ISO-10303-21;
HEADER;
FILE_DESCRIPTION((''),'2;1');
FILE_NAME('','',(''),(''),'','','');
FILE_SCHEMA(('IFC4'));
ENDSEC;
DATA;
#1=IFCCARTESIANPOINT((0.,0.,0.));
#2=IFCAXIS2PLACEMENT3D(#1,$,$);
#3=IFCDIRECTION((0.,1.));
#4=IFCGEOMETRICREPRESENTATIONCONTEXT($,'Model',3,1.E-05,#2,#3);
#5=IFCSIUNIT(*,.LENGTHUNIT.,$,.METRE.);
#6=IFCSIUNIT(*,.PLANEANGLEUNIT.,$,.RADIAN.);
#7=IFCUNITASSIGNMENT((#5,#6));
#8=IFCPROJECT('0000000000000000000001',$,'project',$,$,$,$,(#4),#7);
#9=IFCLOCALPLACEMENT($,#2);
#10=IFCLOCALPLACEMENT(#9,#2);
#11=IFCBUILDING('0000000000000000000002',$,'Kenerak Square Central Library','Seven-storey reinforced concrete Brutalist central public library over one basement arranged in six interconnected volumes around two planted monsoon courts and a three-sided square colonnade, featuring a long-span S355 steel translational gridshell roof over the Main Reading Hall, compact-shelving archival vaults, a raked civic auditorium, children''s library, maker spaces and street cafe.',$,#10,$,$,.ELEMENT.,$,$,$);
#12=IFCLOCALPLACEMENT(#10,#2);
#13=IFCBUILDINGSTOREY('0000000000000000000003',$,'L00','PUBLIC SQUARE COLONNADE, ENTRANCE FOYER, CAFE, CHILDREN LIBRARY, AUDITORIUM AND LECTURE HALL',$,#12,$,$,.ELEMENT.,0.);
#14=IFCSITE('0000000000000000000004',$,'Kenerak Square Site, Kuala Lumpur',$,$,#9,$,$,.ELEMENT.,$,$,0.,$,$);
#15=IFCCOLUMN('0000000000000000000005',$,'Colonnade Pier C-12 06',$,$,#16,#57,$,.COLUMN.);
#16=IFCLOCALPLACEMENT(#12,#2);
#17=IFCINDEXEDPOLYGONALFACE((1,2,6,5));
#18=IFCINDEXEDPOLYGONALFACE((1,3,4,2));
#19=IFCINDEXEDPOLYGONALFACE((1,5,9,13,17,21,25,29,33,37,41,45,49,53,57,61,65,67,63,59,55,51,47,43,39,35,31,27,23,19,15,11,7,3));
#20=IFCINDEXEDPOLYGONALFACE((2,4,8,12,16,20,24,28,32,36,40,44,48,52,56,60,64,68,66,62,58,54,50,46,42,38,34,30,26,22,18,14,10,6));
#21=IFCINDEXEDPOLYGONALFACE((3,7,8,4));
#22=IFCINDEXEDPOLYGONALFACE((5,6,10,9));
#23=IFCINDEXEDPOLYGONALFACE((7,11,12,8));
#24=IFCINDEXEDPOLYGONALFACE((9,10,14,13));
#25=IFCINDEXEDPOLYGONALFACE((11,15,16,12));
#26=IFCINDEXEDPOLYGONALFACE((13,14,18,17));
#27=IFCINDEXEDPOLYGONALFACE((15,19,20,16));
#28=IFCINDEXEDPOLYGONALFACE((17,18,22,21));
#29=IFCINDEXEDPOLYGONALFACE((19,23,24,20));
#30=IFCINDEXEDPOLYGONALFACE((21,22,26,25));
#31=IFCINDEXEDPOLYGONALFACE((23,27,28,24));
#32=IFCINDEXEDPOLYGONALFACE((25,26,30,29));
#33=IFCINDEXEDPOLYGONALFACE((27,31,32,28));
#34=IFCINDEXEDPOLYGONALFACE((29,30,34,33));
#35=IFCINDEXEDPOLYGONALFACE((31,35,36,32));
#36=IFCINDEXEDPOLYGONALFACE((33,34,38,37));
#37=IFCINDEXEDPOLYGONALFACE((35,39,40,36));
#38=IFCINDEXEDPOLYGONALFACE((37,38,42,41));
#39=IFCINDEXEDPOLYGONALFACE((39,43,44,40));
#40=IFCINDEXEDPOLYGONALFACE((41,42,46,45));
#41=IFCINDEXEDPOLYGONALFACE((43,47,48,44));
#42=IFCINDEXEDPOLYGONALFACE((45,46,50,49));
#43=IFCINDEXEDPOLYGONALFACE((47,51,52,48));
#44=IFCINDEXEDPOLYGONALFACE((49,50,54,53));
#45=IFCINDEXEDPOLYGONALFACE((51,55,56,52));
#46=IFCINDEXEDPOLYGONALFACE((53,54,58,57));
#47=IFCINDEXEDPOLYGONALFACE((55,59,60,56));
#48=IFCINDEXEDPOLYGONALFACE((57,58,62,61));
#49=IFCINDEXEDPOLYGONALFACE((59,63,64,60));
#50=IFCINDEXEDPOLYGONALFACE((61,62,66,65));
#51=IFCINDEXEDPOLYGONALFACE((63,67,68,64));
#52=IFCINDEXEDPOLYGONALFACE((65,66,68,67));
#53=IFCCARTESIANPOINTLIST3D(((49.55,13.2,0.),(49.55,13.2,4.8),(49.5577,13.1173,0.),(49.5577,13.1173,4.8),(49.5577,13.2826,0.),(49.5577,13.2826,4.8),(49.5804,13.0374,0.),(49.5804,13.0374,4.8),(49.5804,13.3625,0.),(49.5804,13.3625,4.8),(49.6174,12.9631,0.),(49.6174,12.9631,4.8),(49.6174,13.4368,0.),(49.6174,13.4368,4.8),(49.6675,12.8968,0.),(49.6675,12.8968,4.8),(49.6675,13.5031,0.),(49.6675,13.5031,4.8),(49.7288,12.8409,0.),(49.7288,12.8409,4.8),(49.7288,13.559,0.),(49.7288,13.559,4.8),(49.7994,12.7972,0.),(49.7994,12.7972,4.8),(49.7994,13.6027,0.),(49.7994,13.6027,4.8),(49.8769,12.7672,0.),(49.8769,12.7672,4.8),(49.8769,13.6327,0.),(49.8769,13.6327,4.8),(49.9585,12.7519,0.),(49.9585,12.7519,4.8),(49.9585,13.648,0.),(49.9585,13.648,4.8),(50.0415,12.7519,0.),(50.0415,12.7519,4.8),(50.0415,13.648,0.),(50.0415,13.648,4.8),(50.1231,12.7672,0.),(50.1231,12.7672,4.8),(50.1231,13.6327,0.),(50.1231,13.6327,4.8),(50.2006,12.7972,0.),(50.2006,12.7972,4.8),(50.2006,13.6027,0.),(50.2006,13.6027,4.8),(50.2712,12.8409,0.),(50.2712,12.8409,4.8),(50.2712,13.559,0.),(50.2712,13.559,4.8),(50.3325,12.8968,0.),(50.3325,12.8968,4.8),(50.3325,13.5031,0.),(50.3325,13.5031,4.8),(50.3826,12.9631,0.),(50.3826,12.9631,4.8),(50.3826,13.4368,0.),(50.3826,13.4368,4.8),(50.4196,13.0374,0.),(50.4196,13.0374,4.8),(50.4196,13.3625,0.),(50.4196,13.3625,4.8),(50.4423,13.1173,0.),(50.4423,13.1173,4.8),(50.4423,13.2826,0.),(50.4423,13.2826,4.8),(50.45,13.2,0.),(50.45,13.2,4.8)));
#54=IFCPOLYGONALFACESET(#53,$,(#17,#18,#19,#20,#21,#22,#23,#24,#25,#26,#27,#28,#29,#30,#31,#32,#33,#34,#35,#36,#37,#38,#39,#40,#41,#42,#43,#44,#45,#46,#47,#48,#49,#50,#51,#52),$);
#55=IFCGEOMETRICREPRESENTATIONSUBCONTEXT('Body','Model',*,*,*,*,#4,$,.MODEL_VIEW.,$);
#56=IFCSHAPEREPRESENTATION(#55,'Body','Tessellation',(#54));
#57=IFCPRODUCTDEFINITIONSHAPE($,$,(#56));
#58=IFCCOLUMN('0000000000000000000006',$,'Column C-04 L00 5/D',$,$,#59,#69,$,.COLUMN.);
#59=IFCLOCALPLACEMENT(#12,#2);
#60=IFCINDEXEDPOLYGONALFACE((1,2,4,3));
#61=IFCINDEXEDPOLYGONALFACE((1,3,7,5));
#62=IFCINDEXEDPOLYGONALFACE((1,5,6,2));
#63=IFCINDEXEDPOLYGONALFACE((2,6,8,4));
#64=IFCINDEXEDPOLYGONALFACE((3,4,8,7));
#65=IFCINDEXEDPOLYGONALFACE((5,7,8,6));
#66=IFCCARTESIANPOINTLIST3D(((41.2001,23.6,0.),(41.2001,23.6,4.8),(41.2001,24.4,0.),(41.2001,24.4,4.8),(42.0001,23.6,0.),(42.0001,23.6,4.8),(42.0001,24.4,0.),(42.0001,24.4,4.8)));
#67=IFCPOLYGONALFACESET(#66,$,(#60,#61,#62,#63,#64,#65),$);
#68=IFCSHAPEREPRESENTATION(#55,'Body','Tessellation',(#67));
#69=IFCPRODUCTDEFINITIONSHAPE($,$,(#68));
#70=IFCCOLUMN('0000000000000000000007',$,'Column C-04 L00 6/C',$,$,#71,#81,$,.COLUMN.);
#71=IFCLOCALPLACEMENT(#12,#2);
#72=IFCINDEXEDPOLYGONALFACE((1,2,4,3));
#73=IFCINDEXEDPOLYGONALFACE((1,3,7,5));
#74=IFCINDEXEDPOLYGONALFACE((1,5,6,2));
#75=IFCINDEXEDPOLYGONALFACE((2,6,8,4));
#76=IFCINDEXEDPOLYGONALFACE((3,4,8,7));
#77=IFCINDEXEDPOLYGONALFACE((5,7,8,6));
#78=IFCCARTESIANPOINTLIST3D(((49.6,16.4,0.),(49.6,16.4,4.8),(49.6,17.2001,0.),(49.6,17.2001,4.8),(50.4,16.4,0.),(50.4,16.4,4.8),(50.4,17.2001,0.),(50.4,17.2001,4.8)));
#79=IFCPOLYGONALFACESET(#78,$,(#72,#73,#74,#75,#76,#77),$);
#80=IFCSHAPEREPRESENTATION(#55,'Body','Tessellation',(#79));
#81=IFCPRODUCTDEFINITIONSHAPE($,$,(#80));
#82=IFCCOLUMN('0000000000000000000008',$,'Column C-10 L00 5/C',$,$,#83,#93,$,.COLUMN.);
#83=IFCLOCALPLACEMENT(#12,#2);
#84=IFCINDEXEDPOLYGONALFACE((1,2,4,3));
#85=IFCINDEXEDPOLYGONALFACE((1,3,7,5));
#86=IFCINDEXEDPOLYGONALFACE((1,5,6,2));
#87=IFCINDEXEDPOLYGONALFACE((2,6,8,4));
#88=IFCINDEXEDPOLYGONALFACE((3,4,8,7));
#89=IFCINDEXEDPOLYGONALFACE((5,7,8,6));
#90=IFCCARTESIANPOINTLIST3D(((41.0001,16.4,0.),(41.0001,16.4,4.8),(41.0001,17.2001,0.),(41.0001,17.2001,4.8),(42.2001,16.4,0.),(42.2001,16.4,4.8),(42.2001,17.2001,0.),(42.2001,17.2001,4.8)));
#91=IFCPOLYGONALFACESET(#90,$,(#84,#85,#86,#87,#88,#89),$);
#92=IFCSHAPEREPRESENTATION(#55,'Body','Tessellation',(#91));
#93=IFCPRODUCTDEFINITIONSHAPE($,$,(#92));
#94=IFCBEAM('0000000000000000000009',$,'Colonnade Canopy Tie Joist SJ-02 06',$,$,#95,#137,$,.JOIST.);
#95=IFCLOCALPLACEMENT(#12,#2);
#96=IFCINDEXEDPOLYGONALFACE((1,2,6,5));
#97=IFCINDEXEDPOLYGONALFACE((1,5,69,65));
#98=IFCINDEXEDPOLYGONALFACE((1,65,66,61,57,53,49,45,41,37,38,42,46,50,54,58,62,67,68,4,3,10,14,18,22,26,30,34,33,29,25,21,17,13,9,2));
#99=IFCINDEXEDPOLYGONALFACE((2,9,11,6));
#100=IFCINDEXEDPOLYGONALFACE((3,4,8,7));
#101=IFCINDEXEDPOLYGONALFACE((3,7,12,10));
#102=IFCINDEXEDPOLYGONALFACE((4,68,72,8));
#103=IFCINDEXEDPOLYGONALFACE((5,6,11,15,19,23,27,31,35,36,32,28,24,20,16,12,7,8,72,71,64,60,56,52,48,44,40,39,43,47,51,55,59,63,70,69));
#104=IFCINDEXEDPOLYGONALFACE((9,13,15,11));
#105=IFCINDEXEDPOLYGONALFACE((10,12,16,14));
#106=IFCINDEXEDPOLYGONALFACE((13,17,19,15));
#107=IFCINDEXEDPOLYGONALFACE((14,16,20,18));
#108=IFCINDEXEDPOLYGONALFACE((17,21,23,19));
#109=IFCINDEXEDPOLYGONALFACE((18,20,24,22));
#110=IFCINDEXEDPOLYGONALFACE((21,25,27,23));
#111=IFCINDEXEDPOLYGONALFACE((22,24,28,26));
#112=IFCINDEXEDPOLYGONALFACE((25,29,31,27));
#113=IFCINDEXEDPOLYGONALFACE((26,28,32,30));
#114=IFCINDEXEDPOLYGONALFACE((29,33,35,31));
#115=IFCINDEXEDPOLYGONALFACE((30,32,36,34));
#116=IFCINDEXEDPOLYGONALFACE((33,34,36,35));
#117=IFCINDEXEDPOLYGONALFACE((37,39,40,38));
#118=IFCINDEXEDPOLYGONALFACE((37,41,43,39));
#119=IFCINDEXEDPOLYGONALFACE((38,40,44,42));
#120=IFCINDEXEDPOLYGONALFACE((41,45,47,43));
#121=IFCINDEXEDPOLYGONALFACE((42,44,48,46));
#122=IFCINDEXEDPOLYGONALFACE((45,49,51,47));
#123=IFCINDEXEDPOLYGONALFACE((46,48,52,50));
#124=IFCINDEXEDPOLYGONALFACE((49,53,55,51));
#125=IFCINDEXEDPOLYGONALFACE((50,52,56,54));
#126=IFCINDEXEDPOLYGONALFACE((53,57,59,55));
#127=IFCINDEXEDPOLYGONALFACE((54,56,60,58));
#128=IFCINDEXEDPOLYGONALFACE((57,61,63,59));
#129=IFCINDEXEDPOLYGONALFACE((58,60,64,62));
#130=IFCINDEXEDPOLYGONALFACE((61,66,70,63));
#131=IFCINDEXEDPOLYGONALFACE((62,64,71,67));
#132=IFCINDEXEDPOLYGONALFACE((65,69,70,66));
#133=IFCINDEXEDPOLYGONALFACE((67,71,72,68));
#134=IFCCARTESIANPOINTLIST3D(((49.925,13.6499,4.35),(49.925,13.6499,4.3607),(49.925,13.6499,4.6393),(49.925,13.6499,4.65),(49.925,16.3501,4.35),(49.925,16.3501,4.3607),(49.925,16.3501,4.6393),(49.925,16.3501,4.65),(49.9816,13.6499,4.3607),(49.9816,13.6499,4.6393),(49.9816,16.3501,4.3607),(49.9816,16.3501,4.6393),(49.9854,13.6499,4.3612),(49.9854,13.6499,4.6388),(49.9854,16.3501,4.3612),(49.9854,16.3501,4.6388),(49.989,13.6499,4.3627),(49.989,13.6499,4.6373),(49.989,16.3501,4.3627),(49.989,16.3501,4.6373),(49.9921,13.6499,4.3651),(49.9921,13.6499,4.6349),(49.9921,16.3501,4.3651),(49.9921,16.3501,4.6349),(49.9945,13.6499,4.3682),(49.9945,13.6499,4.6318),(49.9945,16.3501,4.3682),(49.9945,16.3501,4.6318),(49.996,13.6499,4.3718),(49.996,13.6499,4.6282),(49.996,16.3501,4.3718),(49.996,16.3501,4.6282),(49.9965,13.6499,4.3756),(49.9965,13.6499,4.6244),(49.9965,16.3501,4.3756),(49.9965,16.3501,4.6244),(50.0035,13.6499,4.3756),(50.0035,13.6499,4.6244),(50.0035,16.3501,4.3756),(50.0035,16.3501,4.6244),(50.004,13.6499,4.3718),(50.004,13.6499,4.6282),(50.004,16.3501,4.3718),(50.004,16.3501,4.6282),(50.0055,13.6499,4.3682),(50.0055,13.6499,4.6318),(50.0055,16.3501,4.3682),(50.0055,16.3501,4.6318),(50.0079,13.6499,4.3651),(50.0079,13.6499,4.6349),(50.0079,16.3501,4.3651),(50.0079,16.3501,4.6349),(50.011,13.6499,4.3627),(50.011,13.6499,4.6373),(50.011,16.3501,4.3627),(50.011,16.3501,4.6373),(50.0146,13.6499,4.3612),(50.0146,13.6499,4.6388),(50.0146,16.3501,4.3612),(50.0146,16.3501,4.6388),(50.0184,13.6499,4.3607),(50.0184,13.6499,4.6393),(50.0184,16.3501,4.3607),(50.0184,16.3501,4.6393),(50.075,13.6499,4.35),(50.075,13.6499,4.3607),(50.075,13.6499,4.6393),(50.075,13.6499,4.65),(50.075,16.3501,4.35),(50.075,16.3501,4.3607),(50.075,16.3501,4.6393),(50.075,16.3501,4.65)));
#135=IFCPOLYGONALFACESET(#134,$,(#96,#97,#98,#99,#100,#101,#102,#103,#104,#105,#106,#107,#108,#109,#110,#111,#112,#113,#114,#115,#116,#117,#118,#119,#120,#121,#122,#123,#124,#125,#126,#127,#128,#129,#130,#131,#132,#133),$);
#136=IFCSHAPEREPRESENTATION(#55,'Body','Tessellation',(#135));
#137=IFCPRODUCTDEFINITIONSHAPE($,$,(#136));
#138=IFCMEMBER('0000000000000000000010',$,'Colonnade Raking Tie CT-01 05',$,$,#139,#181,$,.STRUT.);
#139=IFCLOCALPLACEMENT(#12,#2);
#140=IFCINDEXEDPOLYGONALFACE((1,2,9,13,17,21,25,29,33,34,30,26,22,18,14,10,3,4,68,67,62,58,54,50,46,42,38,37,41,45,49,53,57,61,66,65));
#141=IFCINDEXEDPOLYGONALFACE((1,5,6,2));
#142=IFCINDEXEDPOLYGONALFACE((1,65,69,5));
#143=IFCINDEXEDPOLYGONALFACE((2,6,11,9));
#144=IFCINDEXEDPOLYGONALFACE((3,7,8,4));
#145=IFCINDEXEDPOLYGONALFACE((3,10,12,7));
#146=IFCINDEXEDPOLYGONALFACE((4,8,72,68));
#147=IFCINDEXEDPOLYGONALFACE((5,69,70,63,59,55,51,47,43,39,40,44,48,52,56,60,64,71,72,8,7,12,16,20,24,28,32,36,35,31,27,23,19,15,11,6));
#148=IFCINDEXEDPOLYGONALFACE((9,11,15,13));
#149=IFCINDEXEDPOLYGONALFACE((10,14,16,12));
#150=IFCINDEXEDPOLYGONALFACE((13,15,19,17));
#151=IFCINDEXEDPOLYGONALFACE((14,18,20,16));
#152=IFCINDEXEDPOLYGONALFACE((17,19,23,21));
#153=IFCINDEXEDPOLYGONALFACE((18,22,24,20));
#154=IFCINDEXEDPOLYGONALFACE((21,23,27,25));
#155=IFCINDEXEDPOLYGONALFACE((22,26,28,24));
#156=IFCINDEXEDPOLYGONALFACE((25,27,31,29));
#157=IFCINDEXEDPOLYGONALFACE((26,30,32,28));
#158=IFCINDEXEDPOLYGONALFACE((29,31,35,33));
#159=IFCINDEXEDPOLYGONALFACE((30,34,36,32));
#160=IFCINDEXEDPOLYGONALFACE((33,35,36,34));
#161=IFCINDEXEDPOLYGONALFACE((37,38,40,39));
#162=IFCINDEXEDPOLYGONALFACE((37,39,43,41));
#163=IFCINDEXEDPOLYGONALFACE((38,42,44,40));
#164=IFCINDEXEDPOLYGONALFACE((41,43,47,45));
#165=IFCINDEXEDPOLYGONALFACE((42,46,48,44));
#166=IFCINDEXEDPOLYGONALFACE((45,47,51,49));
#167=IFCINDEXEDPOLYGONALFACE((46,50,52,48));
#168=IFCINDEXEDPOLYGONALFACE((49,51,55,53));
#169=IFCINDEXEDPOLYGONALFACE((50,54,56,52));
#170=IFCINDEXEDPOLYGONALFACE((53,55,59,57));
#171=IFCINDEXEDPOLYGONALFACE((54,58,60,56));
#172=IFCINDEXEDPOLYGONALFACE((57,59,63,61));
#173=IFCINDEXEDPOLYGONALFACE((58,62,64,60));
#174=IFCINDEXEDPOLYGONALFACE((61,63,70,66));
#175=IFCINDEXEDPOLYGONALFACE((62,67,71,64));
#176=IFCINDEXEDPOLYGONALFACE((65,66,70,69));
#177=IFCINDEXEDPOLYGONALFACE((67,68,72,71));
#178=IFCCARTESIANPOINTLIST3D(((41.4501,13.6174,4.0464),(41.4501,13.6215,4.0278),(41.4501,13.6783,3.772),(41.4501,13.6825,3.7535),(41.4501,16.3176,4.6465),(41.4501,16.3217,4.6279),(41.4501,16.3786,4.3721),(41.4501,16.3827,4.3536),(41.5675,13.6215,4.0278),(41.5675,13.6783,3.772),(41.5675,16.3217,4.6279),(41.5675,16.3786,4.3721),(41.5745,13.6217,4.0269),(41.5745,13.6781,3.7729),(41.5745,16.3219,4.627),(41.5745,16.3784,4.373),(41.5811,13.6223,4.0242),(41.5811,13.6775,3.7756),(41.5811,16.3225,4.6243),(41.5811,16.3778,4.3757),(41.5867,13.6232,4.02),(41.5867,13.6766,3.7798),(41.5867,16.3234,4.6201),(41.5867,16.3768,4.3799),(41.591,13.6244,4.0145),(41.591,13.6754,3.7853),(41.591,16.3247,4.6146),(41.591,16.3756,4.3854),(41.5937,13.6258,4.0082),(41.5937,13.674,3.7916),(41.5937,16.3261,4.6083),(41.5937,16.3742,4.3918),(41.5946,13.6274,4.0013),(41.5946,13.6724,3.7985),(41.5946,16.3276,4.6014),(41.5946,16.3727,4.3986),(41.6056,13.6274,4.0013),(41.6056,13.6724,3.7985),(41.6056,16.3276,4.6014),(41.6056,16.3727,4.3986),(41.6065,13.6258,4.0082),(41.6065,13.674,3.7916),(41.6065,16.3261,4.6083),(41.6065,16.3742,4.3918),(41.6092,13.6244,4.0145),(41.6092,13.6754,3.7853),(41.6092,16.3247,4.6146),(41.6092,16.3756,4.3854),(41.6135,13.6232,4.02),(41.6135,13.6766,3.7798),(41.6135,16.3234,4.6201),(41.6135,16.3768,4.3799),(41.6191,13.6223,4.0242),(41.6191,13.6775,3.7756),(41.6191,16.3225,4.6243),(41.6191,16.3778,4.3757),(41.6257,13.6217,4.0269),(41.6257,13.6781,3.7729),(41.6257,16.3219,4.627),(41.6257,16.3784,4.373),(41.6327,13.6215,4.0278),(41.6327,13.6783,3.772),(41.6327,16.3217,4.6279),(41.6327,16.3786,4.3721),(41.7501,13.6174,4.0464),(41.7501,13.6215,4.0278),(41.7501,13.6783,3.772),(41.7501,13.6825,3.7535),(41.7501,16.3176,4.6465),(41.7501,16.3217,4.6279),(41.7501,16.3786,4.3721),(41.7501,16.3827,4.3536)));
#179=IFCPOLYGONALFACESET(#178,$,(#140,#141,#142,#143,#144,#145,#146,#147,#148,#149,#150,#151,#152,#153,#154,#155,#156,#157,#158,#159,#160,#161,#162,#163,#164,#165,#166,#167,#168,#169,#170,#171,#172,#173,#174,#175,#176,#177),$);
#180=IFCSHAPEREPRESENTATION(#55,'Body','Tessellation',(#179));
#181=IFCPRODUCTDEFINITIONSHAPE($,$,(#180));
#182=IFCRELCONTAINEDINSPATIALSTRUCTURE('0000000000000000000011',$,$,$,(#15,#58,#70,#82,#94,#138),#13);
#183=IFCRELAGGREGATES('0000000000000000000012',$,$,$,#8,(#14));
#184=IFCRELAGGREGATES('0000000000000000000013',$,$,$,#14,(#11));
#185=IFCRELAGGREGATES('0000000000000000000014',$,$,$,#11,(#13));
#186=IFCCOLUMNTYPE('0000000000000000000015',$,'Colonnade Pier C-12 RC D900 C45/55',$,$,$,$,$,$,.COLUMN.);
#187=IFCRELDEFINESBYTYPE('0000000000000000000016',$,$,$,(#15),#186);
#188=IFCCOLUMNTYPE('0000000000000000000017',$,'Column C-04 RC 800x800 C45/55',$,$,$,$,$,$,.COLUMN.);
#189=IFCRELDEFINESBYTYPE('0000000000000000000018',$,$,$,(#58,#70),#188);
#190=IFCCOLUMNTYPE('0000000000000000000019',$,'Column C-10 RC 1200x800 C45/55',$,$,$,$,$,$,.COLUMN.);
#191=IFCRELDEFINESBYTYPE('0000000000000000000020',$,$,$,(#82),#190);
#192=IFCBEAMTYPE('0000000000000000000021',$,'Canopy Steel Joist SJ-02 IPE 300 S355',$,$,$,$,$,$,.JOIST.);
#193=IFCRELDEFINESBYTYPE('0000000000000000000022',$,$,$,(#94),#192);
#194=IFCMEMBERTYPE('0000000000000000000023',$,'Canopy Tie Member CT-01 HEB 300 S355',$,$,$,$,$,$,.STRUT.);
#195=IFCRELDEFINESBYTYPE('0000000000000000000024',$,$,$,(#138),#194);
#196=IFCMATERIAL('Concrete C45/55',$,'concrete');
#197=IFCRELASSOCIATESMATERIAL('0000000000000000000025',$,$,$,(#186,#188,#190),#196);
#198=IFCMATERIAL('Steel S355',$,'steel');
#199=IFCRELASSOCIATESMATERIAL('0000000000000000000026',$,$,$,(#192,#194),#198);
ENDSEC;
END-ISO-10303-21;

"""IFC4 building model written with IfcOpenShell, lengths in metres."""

from ifc_helpers import new_model, si_unit, direction, frame, origin, origin_2d, place, context, subcontext, project, spatial, rectangle, circle, i_section, extrude, material, material_profile, profile_set, type_object, element, save


model = new_model("IFC4")

# Units and contexts
model_context = context("Model", 3, precision=1e-05, world=origin(), true_north=direction((0.0, 1.0)))
body_context = subcontext(model_context, "Body", "Model", "MODEL_VIEW")
ifc_project = project(units=[si_unit("LENGTHUNIT", "METRE"), si_unit("PLANEANGLEUNIT", "RADIAN")], contexts=[model_context])

# Site, building, storey
site_placement = place(None, origin())
site = spatial("IfcSite", under=ifc_project, at=site_placement, Name="Kenerak Square Site, Kuala Lumpur", CompositionType="ELEMENT", RefElevation=0.0)
building_placement = place(site_placement, origin())
building = spatial("IfcBuilding", under=site, at=building_placement, Name="Kenerak Square Central Library", Description="Seven-storey reinforced concrete Brutalist central public library over one basement arranged in six interconnected volumes around two planted monsoon courts and a three-sided square colonnade, featuring a long-span S355 steel translational gridshell roof over the Main Reading Hall, compact-shelving archival vaults, a raked civic auditorium, children's library, maker spaces and street cafe.", CompositionType="ELEMENT")
storey_placement = place(building_placement, origin())
storey = spatial("IfcBuildingStorey", under=building, at=storey_placement, Name="L00", Description="PUBLIC SQUARE COLONNADE, ENTRANCE FOYER, CAFE, CHILDREN LIBRARY, AUDITORIUM AND LECTURE HALL", CompositionType="ELEMENT", Elevation=0.0)

# Columns
ifc_material_1 = material(Name="Concrete C45/55", Category="concrete")
ifc_material_profile_1 = material_profile(ifc_material_1, circle(Radius=0.45, at=origin_2d()), Name="RC D900")
ifc_profile_set_1 = profile_set([ifc_material_profile_1], Name="Concrete C45/55")
column_type_1 = type_object("IfcColumnType", Name="Colonnade Pier C-12 RC D900 C45/55", PredefinedType="COLUMN", material=ifc_profile_set_1)
column_1_placement = place(storey_placement, frame((50.0, 13.2, 0.0), z_axis=(0.0, 0.0, 1.0), x_axis=(1.0, 0.0, 0.0)))
element("IfcColumn", 1, at=column_1_placement, inside=storey, type_object=column_type_1, Name="Colonnade Pier C-12 06", PredefinedType="COLUMN", context=body_context, shape_type="SweptSolid", body=[
    extrude(circle(Radius=0.45, at=origin_2d()), origin(), (0.0, 0.0, 1.0), 4.8),
])
ifc_material_profile_2 = material_profile(ifc_material_1, rectangle(XDim=0.8, YDim=0.8, at=origin_2d()), Name="RC 800x800")
ifc_profile_set_2 = profile_set([ifc_material_profile_2], Name="Concrete C45/55")
column_type_2 = type_object("IfcColumnType", Name="Column C-04 RC 800x800 C45/55", PredefinedType="COLUMN", material=ifc_profile_set_2)
for number, where, z_axis, x_axis, name in (
    (2, (41.6001, 24.0, 0.0), (0.0, 0.0, 1.0), (1.0, 0.0, 0.0), "Column C-04 L00 5/D"),
    (3, (50.0, 16.8, 0.0), (0.0, 0.0, 1.0), (1.0, 0.0, 0.0), "Column C-04 L00 6/C"),
):
    element("IfcColumn", number, at=place(storey_placement, frame(where, z_axis=z_axis, x_axis=x_axis)), inside=storey, type_object=column_type_2, Name=name, PredefinedType="COLUMN", context=body_context, shape_type="SweptSolid", body=[
        extrude(rectangle(XDim=0.8, YDim=0.8, at=origin_2d()), origin(), (0.0, 0.0, 1.0), 4.8),
    ])
ifc_material_profile_3 = material_profile(ifc_material_1, rectangle(XDim=1.2, YDim=0.8, at=origin_2d()), Name="RC 1200x800")
ifc_profile_set_3 = profile_set([ifc_material_profile_3], Name="Concrete C45/55")
column_type_3 = type_object("IfcColumnType", Name="Column C-10 RC 1200x800 C45/55", PredefinedType="COLUMN", material=ifc_profile_set_3)
column_2_placement = place(storey_placement, frame((41.6001, 16.8, 0.0), z_axis=(0.0, 0.0, 1.0), x_axis=(1.0, 0.0, 0.0)))
element("IfcColumn", 4, at=column_2_placement, inside=storey, type_object=column_type_3, Name="Column C-10 L00 5/C", PredefinedType="COLUMN", context=body_context, shape_type="SweptSolid", body=[
    extrude(rectangle(XDim=1.2, YDim=0.8, at=origin_2d()), origin(), (0.0, 0.0, 1.0), 4.8),
])

# Beam
ifc_material_2 = material(Name="Steel S355", Category="steel")
ifc_material_profile_4 = material_profile(ifc_material_2, i_section(OverallWidth=0.1499, OverallDepth=0.3, WebThickness=0.0071, FlangeThickness=0.0107, FilletRadius=0.0149, at=origin_2d()), Name="IPE 300")
ifc_profile_set_4 = profile_set([ifc_material_profile_4], Name="Steel S355")
beam_type_1 = type_object("IfcBeamType", Name="Canopy Steel Joist SJ-02 IPE 300 S355", PredefinedType="JOIST", material=ifc_profile_set_4)
beam_1_placement = place(storey_placement, frame((50.0, 13.6499, 4.5), z_axis=(0.0, 1.0, 0.0), x_axis=(-1.0, 0.0, 0.0)))
element("IfcBeam", 5, at=beam_1_placement, inside=storey, type_object=beam_type_1, Name="Colonnade Canopy Tie Joist SJ-02 06", PredefinedType="JOIST", context=body_context, shape_type="SweptSolid", body=[
    extrude(i_section(OverallWidth=0.1499, OverallDepth=0.3, WebThickness=0.0071, FlangeThickness=0.0107, FilletRadius=0.0149, at=origin_2d()), origin(), (0.0, 0.0, 1.0), 2.7002),
])

# Member
ifc_material_profile_5 = material_profile(ifc_material_2, i_section(OverallWidth=0.3, OverallDepth=0.3, WebThickness=0.011, FlangeThickness=0.019, FilletRadius=0.0271, at=origin_2d()), Name="HEB 300")
ifc_profile_set_5 = profile_set([ifc_material_profile_5], Name="Steel S355")
member_type_1 = type_object("IfcMemberType", Name="Canopy Tie Member CT-01 HEB 300 S355", PredefinedType="STRUT", material=ifc_profile_set_5)
for number, where, z_axis, x_axis, name in (
    (6, (41.6001, 13.6499, 3.8999), (0.0, 0.976183, 0.216949), (-1.0, 0.0, 0.0), "Colonnade Raking Tie CT-01 05"),
):
    element("IfcMember", number, at=place(storey_placement, frame(where, z_axis=z_axis, x_axis=x_axis)), inside=storey, type_object=member_type_1, Name=name, PredefinedType="STRUT", context=body_context, shape_type="SweptSolid", body=[
        extrude(i_section(OverallWidth=0.3, OverallDepth=0.3, WebThickness=0.011, FlangeThickness=0.019, FilletRadius=0.0271, at=origin_2d()), origin(), (0.0, 0.0, 1.0), 2.7661),
    ])

save(model, "model.ifc")
